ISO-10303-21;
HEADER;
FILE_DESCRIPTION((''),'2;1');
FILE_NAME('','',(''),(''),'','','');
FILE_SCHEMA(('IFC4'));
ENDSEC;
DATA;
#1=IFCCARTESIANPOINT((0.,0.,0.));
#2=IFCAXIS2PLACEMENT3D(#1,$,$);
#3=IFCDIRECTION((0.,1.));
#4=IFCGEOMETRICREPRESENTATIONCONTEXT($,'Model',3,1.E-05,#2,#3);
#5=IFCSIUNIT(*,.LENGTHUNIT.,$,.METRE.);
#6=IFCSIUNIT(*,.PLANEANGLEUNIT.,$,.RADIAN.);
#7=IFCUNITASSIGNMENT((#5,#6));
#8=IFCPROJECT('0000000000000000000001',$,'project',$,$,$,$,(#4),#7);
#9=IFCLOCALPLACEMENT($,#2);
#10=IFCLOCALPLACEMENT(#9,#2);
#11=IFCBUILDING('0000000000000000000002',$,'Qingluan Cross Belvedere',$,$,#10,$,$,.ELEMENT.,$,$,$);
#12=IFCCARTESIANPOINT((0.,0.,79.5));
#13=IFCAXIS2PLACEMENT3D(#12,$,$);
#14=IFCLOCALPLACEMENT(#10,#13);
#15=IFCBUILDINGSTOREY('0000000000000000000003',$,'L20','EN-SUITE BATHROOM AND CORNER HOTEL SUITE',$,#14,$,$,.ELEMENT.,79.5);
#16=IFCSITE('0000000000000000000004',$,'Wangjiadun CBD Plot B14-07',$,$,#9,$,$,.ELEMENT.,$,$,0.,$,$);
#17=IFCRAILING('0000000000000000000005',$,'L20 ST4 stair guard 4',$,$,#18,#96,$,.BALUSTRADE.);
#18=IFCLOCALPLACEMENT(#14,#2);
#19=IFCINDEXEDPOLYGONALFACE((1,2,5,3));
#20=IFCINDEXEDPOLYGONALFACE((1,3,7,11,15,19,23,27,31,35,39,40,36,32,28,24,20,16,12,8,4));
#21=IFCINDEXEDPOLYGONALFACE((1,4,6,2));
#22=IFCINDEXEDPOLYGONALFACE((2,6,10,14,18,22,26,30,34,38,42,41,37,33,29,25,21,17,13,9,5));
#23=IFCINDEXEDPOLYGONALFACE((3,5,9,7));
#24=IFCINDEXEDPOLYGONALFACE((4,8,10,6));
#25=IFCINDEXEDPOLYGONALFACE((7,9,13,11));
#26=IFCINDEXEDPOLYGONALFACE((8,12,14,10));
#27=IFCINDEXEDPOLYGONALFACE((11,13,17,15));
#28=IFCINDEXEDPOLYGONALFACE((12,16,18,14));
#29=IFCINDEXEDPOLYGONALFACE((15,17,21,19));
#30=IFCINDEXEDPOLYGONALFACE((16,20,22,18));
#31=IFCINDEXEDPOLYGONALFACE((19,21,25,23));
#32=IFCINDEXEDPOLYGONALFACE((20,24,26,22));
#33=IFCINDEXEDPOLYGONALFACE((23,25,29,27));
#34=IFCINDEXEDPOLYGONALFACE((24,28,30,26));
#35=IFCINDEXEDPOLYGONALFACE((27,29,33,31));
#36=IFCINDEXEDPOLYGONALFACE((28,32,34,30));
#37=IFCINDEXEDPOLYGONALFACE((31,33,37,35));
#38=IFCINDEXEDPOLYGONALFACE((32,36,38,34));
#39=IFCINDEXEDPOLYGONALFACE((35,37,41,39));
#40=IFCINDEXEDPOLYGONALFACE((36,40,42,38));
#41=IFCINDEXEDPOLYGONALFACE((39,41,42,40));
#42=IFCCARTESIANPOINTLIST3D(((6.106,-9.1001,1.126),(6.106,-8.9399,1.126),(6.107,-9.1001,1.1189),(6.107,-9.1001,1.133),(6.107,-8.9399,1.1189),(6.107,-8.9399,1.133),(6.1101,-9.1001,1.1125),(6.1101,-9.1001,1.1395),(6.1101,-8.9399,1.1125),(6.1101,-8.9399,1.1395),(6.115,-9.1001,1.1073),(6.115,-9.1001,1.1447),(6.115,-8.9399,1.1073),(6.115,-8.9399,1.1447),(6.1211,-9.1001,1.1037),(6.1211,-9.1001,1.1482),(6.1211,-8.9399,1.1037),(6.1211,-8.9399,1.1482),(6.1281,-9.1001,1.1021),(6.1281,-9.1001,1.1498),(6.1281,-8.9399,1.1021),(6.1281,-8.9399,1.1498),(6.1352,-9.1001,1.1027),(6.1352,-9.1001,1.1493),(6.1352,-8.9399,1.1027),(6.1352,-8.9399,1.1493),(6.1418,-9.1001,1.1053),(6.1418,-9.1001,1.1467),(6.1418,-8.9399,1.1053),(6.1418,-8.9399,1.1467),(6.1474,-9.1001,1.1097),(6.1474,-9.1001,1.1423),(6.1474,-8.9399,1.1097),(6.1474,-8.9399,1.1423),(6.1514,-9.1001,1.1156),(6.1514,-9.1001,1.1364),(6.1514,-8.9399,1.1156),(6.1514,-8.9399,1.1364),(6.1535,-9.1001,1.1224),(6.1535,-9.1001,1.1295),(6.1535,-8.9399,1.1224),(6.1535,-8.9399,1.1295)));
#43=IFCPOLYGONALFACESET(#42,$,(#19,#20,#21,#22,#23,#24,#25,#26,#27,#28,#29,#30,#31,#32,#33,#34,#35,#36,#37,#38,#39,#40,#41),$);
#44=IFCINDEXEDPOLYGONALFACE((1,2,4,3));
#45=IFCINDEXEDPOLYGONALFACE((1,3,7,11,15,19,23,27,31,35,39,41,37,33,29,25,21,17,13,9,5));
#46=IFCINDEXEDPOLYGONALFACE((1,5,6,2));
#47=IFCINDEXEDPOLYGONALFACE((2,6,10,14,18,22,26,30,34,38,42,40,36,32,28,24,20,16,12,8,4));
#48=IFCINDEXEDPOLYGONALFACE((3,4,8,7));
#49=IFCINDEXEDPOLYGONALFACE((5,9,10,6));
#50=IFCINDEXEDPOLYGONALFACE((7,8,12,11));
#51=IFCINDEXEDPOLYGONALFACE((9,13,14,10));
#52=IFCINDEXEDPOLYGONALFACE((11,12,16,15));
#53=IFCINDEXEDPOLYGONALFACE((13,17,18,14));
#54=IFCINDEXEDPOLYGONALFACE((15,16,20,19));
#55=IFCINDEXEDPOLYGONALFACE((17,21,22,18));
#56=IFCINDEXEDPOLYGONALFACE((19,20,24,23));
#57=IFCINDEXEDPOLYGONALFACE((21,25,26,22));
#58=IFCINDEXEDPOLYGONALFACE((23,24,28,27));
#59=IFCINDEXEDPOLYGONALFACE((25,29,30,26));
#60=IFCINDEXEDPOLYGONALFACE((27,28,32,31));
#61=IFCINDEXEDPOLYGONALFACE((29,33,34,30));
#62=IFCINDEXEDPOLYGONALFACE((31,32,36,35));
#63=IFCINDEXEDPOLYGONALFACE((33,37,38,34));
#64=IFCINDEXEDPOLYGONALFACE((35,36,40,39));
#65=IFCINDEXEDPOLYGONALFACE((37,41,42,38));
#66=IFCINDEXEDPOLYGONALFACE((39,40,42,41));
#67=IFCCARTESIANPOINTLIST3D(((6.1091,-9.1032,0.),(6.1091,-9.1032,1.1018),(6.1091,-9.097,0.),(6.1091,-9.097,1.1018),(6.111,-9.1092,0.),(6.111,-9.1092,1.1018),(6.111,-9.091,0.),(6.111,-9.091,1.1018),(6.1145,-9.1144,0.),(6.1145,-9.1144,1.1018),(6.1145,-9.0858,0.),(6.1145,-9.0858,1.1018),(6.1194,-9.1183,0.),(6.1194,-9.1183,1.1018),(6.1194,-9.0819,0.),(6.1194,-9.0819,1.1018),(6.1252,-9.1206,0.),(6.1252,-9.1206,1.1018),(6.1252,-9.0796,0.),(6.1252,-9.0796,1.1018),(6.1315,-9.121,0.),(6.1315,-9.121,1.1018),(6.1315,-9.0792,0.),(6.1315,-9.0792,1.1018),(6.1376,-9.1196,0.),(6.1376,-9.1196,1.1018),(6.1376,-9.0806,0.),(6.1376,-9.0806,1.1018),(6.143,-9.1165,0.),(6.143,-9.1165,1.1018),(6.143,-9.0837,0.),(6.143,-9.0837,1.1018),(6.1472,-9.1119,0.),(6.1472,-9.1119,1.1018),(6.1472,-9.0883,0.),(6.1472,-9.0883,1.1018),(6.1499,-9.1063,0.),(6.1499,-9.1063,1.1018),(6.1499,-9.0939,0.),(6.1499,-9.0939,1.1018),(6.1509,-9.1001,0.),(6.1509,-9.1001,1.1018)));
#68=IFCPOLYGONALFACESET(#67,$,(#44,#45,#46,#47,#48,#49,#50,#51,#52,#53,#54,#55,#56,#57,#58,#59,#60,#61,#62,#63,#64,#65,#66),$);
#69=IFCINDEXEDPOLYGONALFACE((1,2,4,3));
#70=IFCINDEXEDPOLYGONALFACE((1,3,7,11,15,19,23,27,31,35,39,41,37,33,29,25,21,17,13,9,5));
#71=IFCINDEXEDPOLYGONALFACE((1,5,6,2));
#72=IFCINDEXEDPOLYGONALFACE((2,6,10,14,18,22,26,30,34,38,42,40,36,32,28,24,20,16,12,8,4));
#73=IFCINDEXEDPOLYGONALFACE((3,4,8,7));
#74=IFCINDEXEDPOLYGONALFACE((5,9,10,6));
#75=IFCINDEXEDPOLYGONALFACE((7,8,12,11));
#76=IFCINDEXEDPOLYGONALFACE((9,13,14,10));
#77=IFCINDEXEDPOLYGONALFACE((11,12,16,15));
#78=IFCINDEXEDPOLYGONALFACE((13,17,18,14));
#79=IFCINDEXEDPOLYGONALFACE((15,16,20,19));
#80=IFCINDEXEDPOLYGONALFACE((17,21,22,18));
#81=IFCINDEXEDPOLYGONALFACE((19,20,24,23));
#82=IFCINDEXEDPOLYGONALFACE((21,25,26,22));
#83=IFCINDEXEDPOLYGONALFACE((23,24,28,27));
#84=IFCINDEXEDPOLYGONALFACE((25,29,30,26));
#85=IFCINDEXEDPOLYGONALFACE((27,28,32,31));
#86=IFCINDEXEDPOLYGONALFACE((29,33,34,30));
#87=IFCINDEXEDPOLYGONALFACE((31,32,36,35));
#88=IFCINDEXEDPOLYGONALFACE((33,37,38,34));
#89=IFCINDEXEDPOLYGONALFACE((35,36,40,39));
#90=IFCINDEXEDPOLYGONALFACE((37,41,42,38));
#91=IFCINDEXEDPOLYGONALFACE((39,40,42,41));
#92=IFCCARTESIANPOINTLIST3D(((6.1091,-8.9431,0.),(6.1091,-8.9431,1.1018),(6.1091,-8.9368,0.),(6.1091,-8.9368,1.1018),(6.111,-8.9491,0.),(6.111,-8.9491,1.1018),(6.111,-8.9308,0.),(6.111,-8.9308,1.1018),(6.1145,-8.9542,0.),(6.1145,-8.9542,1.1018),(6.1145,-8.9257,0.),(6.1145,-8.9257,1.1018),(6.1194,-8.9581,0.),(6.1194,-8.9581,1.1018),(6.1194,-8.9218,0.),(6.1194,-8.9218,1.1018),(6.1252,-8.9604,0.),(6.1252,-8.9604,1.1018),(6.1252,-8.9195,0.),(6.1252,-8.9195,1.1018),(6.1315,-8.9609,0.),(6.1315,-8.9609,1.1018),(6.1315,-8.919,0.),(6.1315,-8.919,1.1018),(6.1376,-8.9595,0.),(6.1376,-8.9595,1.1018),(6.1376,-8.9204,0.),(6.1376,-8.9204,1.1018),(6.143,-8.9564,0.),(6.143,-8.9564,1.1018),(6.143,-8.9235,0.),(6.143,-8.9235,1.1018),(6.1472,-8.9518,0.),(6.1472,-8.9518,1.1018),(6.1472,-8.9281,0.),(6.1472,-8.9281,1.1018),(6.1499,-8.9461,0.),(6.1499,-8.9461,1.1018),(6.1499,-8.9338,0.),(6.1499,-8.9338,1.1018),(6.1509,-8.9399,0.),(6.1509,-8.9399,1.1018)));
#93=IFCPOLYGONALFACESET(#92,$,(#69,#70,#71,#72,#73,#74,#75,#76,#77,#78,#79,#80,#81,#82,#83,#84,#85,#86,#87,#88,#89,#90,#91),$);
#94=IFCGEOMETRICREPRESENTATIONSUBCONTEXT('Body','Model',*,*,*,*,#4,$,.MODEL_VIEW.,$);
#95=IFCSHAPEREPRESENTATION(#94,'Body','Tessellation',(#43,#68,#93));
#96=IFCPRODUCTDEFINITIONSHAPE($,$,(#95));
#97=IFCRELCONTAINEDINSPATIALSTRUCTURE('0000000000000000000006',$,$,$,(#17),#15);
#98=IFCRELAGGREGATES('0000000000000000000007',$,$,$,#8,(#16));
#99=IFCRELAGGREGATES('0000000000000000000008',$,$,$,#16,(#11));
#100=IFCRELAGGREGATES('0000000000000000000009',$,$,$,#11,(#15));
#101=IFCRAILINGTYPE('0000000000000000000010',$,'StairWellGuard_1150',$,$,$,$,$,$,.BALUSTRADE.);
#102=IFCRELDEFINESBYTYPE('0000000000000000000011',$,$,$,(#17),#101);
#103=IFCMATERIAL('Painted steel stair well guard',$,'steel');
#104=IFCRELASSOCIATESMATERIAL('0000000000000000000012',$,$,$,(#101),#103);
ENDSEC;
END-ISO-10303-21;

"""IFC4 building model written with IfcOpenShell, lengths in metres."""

from ifc_helpers import new_model, si_unit, direction, frame, origin, origin_2d, place, context, subcontext, project, spatial, circle, extrude, material, type_object, element, save


model = new_model("IFC4")

# Units and contexts
model_context = context("Model", 3, precision=1e-05, world=origin(), true_north=direction((0.0, 1.0)))
body_context = subcontext(model_context, "Body", "Model", "MODEL_VIEW")
ifc_project = project(units=[si_unit("LENGTHUNIT", "METRE"), si_unit("PLANEANGLEUNIT", "RADIAN")], contexts=[model_context])

# Site, building, storey
site_placement = place(None, origin())
site = spatial("IfcSite", under=ifc_project, at=site_placement, Name="Wangjiadun CBD Plot B14-07", CompositionType="ELEMENT", RefElevation=0.0)
building_placement = place(site_placement, origin())
building = spatial("IfcBuilding", under=site, at=building_placement, Name="Qingluan Cross Belvedere", CompositionType="ELEMENT")
storey_placement = place(building_placement, frame((0.0, 0.0, 79.5)))
storey = spatial("IfcBuildingStorey", under=building, at=storey_placement, Name="L20", Description="EN-SUITE BATHROOM AND CORNER HOTEL SUITE", CompositionType="ELEMENT", Elevation=79.5)

# Railing
ifc_material_1 = material(Name="Painted steel stair well guard", Category="steel")
railing_type_1 = type_object("IfcRailingType", Name="StairWellGuard_1150", PredefinedType="BALUSTRADE", material=ifc_material_1)
railing_1_placement = place(storey_placement, frame((6.1299, -9.1001, 0.0)))
element("IfcRailing", 1, at=railing_1_placement, inside=storey, type_object=railing_type_1, Name="L20 ST4 stair guard 4", PredefinedType="BALUSTRADE", context=body_context, shape_type="SweptSolid", body=[
    extrude(circle(Radius=0.0239, at=origin_2d()), frame((0.0, 0.0, 1.126), z_axis=(0.0, 1.0, 0.0), x_axis=(-1.0, 0.0, 0.0)), (0.0, 0.0, 1.0), 0.1602),
    extrude(circle(Radius=0.021, at=origin_2d()), origin(), (0.0, 0.0, 1.0), 1.1018),
    extrude(circle(Radius=0.021, at=origin_2d()), frame((0.0, 0.1602, 0.0)), (0.0, 0.0, 1.0), 1.1018),
])

save(model, "model.ifc")
